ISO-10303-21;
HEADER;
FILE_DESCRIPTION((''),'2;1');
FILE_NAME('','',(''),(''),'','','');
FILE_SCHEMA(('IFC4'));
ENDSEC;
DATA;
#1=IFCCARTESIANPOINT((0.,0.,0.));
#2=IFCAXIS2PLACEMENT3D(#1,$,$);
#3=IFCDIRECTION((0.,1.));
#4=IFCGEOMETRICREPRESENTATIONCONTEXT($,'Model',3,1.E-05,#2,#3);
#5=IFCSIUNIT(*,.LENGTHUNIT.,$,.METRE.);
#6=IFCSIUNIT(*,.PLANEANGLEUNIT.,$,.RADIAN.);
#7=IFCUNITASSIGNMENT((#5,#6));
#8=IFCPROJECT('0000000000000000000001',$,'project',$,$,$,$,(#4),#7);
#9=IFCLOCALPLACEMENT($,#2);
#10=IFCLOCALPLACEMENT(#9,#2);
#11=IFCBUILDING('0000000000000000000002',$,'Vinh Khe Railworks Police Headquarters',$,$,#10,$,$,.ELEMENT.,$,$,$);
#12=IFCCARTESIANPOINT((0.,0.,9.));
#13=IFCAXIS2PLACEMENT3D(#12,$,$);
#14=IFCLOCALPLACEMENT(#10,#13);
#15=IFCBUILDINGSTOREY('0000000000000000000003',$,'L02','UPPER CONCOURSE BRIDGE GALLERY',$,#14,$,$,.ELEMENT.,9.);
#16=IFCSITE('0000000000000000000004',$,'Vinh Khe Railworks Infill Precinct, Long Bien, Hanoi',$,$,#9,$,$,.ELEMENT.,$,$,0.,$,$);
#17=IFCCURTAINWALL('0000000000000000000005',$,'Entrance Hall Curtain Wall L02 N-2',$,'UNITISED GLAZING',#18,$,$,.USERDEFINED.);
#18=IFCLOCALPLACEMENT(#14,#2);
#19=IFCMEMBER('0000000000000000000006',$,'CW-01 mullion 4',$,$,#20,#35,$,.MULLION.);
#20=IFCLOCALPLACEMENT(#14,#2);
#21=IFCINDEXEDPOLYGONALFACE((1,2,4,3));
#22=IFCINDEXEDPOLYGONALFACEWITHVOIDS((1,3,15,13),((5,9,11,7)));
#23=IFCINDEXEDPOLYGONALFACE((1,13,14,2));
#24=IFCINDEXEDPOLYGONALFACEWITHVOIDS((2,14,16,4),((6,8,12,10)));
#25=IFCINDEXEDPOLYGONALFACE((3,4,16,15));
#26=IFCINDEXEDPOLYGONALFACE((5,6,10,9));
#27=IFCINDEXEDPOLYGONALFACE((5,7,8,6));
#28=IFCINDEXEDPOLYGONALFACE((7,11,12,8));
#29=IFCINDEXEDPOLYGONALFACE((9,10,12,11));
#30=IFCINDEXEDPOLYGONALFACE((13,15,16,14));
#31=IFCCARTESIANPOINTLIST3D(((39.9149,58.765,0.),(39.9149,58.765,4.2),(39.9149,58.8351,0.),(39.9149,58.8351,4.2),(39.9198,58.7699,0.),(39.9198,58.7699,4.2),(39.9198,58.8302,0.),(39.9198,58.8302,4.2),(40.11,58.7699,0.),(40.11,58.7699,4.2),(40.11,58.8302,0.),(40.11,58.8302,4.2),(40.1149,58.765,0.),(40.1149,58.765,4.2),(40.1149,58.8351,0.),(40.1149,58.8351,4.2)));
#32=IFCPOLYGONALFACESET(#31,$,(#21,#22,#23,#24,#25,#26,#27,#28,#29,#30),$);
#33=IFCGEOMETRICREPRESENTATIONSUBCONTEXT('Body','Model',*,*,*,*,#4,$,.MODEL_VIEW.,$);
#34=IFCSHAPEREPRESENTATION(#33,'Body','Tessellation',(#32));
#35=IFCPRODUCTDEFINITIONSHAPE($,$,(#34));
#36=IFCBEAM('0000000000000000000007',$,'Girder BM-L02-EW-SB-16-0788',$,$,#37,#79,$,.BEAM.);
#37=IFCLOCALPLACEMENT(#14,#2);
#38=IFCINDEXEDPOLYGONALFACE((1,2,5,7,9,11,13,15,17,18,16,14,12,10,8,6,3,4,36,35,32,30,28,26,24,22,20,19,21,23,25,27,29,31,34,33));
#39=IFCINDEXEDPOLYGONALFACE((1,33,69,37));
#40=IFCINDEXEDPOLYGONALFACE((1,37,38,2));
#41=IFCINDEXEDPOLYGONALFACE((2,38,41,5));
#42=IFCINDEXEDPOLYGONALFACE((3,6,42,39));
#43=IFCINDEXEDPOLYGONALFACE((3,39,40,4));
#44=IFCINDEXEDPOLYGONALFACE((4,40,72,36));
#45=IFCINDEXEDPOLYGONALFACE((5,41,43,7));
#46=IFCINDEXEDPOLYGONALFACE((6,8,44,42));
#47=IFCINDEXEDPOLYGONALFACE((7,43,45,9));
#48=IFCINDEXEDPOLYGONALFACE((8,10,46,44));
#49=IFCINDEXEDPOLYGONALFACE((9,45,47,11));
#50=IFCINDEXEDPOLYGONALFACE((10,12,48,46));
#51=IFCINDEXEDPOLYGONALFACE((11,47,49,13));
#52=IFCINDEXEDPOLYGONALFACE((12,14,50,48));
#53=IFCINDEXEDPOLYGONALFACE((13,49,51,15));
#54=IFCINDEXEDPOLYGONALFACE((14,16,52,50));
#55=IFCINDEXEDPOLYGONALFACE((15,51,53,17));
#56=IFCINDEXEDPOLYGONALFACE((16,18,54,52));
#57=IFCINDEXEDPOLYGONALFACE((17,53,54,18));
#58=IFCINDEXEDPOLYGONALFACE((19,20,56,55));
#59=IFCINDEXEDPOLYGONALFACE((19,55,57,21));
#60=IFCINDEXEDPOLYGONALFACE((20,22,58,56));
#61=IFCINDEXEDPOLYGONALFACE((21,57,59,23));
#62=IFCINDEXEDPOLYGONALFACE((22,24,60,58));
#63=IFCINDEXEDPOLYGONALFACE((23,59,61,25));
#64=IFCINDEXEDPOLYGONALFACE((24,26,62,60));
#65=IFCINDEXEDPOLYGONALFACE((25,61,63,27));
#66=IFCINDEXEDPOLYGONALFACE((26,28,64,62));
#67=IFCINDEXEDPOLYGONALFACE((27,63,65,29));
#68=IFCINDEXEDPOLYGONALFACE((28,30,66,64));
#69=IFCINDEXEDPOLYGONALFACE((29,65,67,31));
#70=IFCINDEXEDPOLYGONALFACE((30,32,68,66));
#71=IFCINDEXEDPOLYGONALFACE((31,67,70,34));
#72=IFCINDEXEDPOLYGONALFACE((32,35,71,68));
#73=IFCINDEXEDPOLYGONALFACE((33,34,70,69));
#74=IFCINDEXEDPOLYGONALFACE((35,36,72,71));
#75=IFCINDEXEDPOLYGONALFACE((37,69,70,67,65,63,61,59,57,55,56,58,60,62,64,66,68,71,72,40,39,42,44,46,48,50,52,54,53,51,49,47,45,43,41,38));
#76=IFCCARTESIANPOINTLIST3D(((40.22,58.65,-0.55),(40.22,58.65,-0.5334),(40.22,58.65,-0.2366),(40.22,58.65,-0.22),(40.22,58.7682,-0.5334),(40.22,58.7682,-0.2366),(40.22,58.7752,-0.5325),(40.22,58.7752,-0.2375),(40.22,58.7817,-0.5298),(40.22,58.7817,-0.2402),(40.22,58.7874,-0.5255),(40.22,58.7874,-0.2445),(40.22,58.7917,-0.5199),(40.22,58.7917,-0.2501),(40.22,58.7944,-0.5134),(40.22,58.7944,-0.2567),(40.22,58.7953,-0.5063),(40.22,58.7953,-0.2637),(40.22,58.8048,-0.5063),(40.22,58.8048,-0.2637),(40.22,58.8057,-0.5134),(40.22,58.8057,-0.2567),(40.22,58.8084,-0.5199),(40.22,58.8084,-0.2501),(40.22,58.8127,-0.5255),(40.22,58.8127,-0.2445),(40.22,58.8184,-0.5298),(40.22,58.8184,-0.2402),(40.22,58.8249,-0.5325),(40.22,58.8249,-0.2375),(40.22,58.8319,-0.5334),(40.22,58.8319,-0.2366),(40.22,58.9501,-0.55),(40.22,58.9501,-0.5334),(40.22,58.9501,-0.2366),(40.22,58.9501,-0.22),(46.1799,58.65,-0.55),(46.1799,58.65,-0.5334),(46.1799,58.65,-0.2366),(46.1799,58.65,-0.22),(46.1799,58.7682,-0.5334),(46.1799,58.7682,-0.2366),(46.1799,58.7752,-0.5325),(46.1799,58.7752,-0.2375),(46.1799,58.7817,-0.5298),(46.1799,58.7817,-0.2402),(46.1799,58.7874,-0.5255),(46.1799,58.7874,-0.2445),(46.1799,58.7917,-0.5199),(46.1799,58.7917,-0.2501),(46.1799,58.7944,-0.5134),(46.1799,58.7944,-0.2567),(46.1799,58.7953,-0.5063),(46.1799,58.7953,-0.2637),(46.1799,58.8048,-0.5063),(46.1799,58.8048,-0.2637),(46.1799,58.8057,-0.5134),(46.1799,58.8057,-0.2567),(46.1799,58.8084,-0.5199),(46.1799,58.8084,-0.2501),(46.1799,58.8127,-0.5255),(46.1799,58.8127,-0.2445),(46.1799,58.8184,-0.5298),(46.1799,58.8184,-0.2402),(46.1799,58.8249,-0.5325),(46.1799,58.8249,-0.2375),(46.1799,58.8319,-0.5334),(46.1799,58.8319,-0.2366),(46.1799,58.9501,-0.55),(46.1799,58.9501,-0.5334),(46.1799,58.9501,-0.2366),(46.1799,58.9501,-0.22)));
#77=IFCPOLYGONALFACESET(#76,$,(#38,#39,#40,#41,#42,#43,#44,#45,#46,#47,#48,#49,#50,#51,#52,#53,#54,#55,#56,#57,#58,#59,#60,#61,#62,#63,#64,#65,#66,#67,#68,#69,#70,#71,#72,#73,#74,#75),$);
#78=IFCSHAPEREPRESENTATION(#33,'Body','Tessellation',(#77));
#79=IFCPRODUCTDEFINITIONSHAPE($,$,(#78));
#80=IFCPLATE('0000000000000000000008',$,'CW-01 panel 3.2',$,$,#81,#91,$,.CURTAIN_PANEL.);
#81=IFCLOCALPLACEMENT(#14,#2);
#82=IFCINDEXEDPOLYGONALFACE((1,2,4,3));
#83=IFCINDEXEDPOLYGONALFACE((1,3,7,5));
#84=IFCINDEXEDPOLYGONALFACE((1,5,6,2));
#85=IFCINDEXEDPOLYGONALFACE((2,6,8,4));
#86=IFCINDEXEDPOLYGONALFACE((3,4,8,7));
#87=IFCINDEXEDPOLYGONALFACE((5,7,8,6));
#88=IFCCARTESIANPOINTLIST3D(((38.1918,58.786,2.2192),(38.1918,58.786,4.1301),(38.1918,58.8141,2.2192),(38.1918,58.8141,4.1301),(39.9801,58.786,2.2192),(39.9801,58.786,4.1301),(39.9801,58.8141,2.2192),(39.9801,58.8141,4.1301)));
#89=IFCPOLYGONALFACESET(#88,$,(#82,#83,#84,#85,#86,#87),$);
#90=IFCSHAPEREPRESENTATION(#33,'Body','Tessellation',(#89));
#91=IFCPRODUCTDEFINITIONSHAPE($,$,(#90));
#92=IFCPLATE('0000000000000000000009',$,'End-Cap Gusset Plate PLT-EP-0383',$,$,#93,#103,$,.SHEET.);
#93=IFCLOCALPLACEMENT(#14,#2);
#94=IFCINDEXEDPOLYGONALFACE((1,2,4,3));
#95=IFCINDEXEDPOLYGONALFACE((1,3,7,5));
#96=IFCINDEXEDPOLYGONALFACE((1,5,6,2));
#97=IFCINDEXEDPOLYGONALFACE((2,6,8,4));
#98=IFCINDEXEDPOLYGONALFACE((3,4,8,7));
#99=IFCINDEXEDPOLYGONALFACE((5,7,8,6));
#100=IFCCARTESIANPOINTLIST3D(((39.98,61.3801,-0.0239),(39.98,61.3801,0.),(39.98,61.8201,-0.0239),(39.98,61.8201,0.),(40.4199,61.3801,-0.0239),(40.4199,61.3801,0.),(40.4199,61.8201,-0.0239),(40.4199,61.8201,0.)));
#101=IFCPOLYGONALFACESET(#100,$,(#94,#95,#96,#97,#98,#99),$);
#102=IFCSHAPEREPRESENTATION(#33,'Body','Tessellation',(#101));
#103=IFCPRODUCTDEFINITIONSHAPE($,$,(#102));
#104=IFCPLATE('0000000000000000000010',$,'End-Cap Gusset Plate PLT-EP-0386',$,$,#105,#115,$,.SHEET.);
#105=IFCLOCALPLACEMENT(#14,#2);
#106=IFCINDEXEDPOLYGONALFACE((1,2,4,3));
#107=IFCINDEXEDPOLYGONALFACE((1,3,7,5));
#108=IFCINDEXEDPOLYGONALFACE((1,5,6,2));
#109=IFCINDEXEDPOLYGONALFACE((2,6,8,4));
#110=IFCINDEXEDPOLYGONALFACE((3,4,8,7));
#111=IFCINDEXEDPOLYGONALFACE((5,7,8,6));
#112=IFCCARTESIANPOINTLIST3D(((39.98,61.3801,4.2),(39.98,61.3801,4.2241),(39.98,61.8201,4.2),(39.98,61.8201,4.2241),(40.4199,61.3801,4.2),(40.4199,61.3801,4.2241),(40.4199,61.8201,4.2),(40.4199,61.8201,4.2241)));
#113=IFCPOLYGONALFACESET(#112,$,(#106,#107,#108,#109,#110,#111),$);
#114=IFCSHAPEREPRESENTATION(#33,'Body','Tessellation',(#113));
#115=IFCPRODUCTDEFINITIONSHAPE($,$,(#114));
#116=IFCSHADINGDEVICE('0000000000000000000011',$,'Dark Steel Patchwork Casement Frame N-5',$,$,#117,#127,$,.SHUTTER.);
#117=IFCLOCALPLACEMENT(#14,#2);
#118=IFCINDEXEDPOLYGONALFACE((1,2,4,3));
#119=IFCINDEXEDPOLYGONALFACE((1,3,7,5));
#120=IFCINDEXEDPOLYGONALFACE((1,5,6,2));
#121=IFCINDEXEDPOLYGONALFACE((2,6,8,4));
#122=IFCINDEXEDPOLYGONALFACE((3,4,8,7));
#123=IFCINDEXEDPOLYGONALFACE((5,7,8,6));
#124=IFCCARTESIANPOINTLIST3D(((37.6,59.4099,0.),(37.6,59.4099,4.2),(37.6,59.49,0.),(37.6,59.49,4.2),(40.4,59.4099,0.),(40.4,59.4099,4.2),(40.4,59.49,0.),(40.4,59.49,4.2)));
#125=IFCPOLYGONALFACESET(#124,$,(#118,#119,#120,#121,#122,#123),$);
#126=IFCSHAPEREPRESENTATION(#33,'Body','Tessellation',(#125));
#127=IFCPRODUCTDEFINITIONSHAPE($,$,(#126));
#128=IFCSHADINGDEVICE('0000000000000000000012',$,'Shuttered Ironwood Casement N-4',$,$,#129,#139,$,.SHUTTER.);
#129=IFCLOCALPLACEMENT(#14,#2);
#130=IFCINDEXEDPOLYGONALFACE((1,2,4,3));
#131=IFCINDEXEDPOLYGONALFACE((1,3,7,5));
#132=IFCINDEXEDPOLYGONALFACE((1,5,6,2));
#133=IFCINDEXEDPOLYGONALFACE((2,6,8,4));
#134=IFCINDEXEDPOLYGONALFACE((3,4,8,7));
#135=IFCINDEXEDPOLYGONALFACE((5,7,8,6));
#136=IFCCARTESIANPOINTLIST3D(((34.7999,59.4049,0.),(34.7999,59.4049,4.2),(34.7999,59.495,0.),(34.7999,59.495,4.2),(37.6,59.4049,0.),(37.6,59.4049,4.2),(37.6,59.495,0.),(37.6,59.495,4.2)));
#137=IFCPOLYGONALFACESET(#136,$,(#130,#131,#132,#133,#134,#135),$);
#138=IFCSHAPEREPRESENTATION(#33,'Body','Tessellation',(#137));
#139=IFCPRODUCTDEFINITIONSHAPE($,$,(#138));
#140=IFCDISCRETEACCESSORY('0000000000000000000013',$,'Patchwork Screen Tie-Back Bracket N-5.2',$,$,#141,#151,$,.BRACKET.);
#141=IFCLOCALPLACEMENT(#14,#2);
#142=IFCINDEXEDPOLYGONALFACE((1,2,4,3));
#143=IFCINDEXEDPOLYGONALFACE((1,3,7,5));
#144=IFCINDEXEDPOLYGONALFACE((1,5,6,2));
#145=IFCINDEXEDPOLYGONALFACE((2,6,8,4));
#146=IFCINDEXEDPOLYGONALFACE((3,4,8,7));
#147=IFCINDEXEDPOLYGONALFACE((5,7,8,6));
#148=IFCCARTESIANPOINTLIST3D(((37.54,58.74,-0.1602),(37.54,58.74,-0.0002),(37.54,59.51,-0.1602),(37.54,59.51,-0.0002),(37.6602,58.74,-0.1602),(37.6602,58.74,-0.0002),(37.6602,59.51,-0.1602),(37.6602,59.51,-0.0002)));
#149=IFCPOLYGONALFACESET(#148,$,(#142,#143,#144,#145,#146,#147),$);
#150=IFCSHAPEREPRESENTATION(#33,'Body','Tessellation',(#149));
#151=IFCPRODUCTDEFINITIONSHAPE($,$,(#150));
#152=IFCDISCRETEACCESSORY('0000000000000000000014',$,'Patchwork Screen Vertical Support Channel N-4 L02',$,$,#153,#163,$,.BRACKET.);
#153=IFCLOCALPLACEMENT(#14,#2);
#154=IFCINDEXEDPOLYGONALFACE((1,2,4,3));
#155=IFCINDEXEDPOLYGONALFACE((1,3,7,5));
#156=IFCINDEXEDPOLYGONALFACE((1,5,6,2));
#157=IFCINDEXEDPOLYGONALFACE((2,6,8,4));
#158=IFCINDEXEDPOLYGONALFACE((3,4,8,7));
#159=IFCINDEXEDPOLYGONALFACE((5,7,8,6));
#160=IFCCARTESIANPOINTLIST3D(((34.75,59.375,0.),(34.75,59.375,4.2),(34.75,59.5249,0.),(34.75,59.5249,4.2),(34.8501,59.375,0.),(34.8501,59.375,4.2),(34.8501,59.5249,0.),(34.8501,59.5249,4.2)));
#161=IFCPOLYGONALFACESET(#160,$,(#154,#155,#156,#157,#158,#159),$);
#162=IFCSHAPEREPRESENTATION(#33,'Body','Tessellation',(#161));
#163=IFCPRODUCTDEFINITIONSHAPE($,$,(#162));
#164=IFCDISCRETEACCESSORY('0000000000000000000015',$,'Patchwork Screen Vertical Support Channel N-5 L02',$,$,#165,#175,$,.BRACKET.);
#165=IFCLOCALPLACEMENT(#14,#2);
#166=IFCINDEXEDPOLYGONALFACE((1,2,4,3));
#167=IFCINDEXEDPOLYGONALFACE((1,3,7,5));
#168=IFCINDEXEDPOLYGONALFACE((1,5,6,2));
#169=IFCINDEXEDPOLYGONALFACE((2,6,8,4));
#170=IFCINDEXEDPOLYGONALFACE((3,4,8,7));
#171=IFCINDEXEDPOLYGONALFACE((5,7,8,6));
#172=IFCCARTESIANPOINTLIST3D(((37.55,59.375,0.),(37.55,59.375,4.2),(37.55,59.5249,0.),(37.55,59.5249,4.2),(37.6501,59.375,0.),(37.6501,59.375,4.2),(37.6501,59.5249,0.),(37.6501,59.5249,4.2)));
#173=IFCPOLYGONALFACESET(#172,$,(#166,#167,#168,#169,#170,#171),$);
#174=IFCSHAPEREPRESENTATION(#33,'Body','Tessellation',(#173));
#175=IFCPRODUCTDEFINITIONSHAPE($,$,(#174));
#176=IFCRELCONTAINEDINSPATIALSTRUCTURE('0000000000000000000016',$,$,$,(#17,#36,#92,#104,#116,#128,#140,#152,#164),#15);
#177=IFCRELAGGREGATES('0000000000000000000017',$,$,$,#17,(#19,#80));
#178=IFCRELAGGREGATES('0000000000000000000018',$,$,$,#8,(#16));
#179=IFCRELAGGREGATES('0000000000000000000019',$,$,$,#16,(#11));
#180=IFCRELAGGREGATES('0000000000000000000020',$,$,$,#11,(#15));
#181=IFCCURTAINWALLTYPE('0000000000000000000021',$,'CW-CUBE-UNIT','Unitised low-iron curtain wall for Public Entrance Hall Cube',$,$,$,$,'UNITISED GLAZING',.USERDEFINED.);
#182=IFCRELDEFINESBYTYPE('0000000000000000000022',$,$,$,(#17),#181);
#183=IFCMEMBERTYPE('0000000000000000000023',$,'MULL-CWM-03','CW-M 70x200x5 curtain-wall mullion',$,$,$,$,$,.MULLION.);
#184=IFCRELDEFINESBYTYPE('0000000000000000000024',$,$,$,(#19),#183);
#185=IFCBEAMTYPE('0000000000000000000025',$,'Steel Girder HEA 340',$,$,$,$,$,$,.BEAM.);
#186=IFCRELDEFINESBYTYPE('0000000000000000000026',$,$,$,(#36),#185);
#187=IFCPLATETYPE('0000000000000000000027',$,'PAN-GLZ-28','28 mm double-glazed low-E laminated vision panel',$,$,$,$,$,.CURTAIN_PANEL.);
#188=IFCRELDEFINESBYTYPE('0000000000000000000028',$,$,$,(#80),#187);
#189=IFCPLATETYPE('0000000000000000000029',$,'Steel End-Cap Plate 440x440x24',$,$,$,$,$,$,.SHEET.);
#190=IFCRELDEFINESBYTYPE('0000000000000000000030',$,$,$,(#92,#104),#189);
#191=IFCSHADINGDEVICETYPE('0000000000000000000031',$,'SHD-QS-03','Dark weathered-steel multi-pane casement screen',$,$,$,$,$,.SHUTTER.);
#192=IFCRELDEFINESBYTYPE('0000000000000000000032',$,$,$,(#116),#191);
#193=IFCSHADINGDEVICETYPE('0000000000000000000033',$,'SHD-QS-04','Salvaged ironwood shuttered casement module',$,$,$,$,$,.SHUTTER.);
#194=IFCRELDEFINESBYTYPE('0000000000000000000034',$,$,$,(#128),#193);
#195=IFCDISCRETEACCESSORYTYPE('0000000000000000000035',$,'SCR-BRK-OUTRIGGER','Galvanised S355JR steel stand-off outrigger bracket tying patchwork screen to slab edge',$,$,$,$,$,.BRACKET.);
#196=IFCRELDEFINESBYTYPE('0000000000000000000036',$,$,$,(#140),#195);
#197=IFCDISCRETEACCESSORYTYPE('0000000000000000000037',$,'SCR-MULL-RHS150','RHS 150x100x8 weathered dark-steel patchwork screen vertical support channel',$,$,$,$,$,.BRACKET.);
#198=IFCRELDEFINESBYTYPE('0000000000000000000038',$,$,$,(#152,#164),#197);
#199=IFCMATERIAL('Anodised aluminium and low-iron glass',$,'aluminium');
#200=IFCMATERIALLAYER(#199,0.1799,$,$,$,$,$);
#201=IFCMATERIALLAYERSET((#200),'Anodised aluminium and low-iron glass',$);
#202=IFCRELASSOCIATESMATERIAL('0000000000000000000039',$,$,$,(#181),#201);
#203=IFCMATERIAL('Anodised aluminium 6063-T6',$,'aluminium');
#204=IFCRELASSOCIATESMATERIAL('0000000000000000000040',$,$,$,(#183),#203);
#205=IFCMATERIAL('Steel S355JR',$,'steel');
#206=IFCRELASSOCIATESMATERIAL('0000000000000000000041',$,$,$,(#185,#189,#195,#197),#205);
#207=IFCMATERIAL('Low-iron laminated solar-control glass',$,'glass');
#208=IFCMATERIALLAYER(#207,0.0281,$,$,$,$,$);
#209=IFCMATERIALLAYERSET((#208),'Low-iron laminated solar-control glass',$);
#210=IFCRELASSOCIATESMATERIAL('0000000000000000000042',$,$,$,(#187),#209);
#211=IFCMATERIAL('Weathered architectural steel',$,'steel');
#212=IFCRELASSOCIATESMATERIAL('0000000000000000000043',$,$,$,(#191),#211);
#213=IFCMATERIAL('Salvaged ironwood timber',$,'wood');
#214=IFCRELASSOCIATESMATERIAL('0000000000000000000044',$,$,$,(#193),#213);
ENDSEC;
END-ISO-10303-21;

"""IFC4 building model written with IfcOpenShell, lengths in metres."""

from ifc_helpers import new_model, si_unit, direction, frame, origin, origin_2d, place, context, subcontext, project, spatial, rectangle, hollow_rectangle, i_section, extrude, material, layer, layer_set, material_profile, profile_set, type_object, element, aggregate, save


model = new_model("IFC4")

# Units and contexts
model_context = context("Model", 3, precision=1e-05, world=origin(), true_north=direction((0.0, 1.0)))
body_context = subcontext(model_context, "Body", "Model", "MODEL_VIEW")
ifc_project = project(units=[si_unit("LENGTHUNIT", "METRE"), si_unit("PLANEANGLEUNIT", "RADIAN")], contexts=[model_context])

# Site, building, storey
site_placement = place(None, origin())
site = spatial("IfcSite", under=ifc_project, at=site_placement, Name="Vinh Khe Railworks Infill Precinct, Long Bien, Hanoi", CompositionType="ELEMENT", RefElevation=0.0)
building_placement = place(site_placement, origin())
building = spatial("IfcBuilding", under=site, at=building_placement, Name="Vinh Khe Railworks Police Headquarters", CompositionType="ELEMENT")
storey_placement = place(building_placement, frame((0.0, 0.0, 9.0)))
storey = spatial("IfcBuildingStorey", under=building, at=storey_placement, Name="L02", Description="UPPER CONCOURSE BRIDGE GALLERY", CompositionType="ELEMENT", Elevation=9.0)

# Shared definitions
ifc_material_1 = material(Name="Steel S355JR", Category="steel")

# Shared definitions
ifc_material_2 = material(Name="Salvaged ironwood timber", Category="wood")

# Curtain wall, member
ifc_material_3 = material(Name="Anodised aluminium and low-iron glass", Category="aluminium")
ifc_layer_1 = layer(ifc_material_3, 0.1799)
ifc_layer_set_1 = layer_set([ifc_layer_1], Name="Anodised aluminium and low-iron glass")
curtain_wall_type = type_object("IfcCurtainWallType", Name="CW-CUBE-UNIT", Description="Unitised low-iron curtain wall for Public Entrance Hall Cube", ElementType="UNITISED GLAZING", PredefinedType="USERDEFINED", material=ifc_layer_set_1)
curtain_wall_placement = place(storey_placement, origin())
curtain_wall = element("IfcCurtainWall", 1, at=curtain_wall_placement, inside=storey, type_object=curtain_wall_type, Name="Entrance Hall Curtain Wall L02 N-2", ObjectType="UNITISED GLAZING", PredefinedType="USERDEFINED")
ifc_material_4 = material(Name="Anodised aluminium 6063-T6", Category="aluminium")
ifc_material_profile_1 = material_profile(ifc_material_4, hollow_rectangle(XDim=0.0701, YDim=0.2, WallThickness=0.0049, at=origin_2d()), Name="CW-M 70x200x5")
ifc_profile_set_1 = profile_set([ifc_material_profile_1], Name="Anodised aluminium 6063-T6")
member_type_1 = type_object("IfcMemberType", Name="MULL-CWM-03", Description="CW-M 70x200x5 curtain-wall mullion", PredefinedType="MULLION", material=ifc_profile_set_1)
member_1_placement = place(storey_placement, frame((40.0149, 58.8, 0.0), z_axis=(0.0, 0.0, 1.0), x_axis=(0.0, 1.0, 0.0)))
member_1 = element("IfcMember", 2, at=member_1_placement, type_object=member_type_1, Name="CW-01 mullion 4", PredefinedType="MULLION", context=body_context, shape_type="SweptSolid", body=[
    extrude(hollow_rectangle(XDim=0.0701, YDim=0.2, WallThickness=0.0049, at=origin_2d()), origin(), (0.0, 0.0, 1.0), 4.2),
])

# Beam
ifc_material_profile_2 = material_profile(ifc_material_1, i_section(OverallWidth=0.3, OverallDepth=0.3301, WebThickness=0.0095, FlangeThickness=0.0166, FilletRadius=0.0271, at=origin_2d()), Name="HEA 340")
ifc_profile_set_2 = profile_set([ifc_material_profile_2], Name="Steel S355JR")
beam_type = type_object("IfcBeamType", Name="Steel Girder HEA 340", PredefinedType="BEAM", material=ifc_profile_set_2)
beam_placement = place(storey_placement, frame((40.22, 58.8, -0.385), z_axis=(1.0, 0.0, 0.0), x_axis=(0.0, 1.0, 0.0)))
element("IfcBeam", 3, at=beam_placement, inside=storey, type_object=beam_type, Name="Girder BM-L02-EW-SB-16-0788", PredefinedType="BEAM", context=body_context, shape_type="SweptSolid", body=[
    extrude(i_section(OverallWidth=0.3, OverallDepth=0.3301, WebThickness=0.0095, FlangeThickness=0.0166, FilletRadius=0.0271, at=origin_2d()), origin(), (0.0, 0.0, 1.0), 5.96),
])

# Plate
ifc_material_5 = material(Name="Low-iron laminated solar-control glass", Category="glass")
ifc_layer_2 = layer(ifc_material_5, 0.0281)
ifc_layer_set_2 = layer_set([ifc_layer_2], Name="Low-iron laminated solar-control glass")
plate_type_1 = type_object("IfcPlateType", Name="PAN-GLZ-28", Description="28 mm double-glazed low-E laminated vision panel", PredefinedType="CURTAIN_PANEL", material=ifc_layer_set_2)
plate_1_placement = place(storey_placement, frame((39.0859, 58.8, 2.2192), z_axis=(0.0, 0.0, 1.0), x_axis=(1.0, 0.0, 0.0)))
plate_1 = element("IfcPlate", 4, at=plate_1_placement, type_object=plate_type_1, Name="CW-01 panel 3.2", PredefinedType="CURTAIN_PANEL", context=body_context, shape_type="SweptSolid", body=[
    extrude(rectangle(XDim=1.7883, YDim=0.0281, at=origin_2d()), origin(), (0.0, 0.0, 1.0), 1.9109),
])
aggregate(curtain_wall, [member_1, plate_1])

# Plates
ifc_material_profile_3 = material_profile(ifc_material_1, rectangle(XDim=0.4399, YDim=0.4399, at=origin_2d()), Name="PL 440x440")
ifc_profile_set_3 = profile_set([ifc_material_profile_3], Name="Steel S355JR")
plate_type_2 = type_object("IfcPlateType", Name="Steel End-Cap Plate 440x440x24", PredefinedType="SHEET", material=ifc_profile_set_3)
plate_2_placement = place(storey_placement, frame((40.2, 61.6001, 0.0), z_axis=(0.0, 0.0, -1.0), x_axis=(1.0, 0.0, 0.0)))
element("IfcPlate", 5, at=plate_2_placement, inside=storey, type_object=plate_type_2, Name="End-Cap Gusset Plate PLT-EP-0383", PredefinedType="SHEET", context=body_context, shape_type="SweptSolid", body=[
    extrude(rectangle(XDim=0.4399, YDim=0.4399, at=origin_2d()), origin(), (0.0, 0.0, 1.0), 0.0239),
])
plate_3_placement = place(storey_placement, frame((40.2, 61.6001, 4.2), z_axis=(0.0, 0.0, 1.0), x_axis=(1.0, 0.0, 0.0)))
element("IfcPlate", 6, at=plate_3_placement, inside=storey, type_object=plate_type_2, Name="End-Cap Gusset Plate PLT-EP-0386", PredefinedType="SHEET", context=body_context, shape_type="SweptSolid", body=[
    extrude(rectangle(XDim=0.4399, YDim=0.4399, at=origin_2d()), origin(), (0.0, 0.0, 1.0), 0.0242),
])

# Shading devices
ifc_material_6 = material(Name="Weathered architectural steel", Category="steel")
shading_device_type_1 = type_object("IfcShadingDeviceType", Name="SHD-QS-03", Description="Dark weathered-steel multi-pane casement screen", PredefinedType="SHUTTER", material=ifc_material_6)
shading_device_1_placement = place(storey_placement, frame((39.0, 59.45, 0.0), z_axis=(0.0, 0.0, 1.0), x_axis=(1.0, 0.0, 0.0)))
element("IfcShadingDevice", 7, at=shading_device_1_placement, inside=storey, type_object=shading_device_type_1, Name="Dark Steel Patchwork Casement Frame N-5", PredefinedType="SHUTTER", context=body_context, shape_type="SweptSolid", body=[
    extrude(rectangle(XDim=2.8, YDim=0.0801, at=origin_2d()), origin(), (0.0, 0.0, 1.0), 4.2),
])
shading_device_type_2 = type_object("IfcShadingDeviceType", Name="SHD-QS-04", Description="Salvaged ironwood shuttered casement module", PredefinedType="SHUTTER", material=ifc_material_2)
shading_device_2_placement = place(storey_placement, frame((36.2, 59.45, 0.0), z_axis=(0.0, 0.0, 1.0), x_axis=(1.0, 0.0, 0.0)))
element("IfcShadingDevice", 8, at=shading_device_2_placement, inside=storey, type_object=shading_device_type_2, Name="Shuttered Ironwood Casement N-4", PredefinedType="SHUTTER", context=body_context, shape_type="SweptSolid", body=[
    extrude(rectangle(XDim=2.8, YDim=0.0901, at=origin_2d()), origin(), (0.0, 0.0, 1.0), 4.2),
])

# Discrete accessories
discrete_accessory_type_1 = type_object("IfcDiscreteAccessoryType", Name="SCR-BRK-OUTRIGGER", Description="Galvanised S355JR steel stand-off outrigger bracket tying patchwork screen to slab edge", PredefinedType="BRACKET", material=ifc_material_1)
discrete_accessory_placement = place(storey_placement, frame((37.6001, 59.125, -0.1602), z_axis=(0.0, 0.0, 1.0), x_axis=(1.0, 0.0, 0.0)))
element("IfcDiscreteAccessory", 9, at=discrete_accessory_placement, inside=storey, type_object=discrete_accessory_type_1, Name="Patchwork Screen Tie-Back Bracket N-5.2", PredefinedType="BRACKET", context=body_context, shape_type="SweptSolid", body=[
    extrude(rectangle(XDim=0.1201, YDim=0.77, at=origin_2d()), origin(), (0.0, 0.0, 1.0), 0.1599),
])
discrete_accessory_type_2 = type_object("IfcDiscreteAccessoryType", Name="SCR-MULL-RHS150", Description="RHS 150x100x8 weathered dark-steel patchwork screen vertical support channel", PredefinedType="BRACKET", material=ifc_material_1)
for number, where, z_axis, x_axis, name in (
    (10, (34.8, 59.45, 0.0), (0.0, 0.0, 1.0), (1.0, 0.0, 0.0), "Patchwork Screen Vertical Support Channel N-4 L02"),
    (11, (37.6001, 59.45, 0.0), (0.0, 0.0, 1.0), (1.0, 0.0, 0.0), "Patchwork Screen Vertical Support Channel N-5 L02"),
):
    element("IfcDiscreteAccessory", number, at=place(storey_placement, frame(where, z_axis=z_axis, x_axis=x_axis)), inside=storey, type_object=discrete_accessory_type_2, Name=name, PredefinedType="BRACKET", context=body_context, shape_type="SweptSolid", body=[
        extrude(rectangle(XDim=0.1001, YDim=0.1499, at=origin_2d()), origin(), (0.0, 0.0, 1.0), 4.2),
    ])

save(model, "model.ifc")
